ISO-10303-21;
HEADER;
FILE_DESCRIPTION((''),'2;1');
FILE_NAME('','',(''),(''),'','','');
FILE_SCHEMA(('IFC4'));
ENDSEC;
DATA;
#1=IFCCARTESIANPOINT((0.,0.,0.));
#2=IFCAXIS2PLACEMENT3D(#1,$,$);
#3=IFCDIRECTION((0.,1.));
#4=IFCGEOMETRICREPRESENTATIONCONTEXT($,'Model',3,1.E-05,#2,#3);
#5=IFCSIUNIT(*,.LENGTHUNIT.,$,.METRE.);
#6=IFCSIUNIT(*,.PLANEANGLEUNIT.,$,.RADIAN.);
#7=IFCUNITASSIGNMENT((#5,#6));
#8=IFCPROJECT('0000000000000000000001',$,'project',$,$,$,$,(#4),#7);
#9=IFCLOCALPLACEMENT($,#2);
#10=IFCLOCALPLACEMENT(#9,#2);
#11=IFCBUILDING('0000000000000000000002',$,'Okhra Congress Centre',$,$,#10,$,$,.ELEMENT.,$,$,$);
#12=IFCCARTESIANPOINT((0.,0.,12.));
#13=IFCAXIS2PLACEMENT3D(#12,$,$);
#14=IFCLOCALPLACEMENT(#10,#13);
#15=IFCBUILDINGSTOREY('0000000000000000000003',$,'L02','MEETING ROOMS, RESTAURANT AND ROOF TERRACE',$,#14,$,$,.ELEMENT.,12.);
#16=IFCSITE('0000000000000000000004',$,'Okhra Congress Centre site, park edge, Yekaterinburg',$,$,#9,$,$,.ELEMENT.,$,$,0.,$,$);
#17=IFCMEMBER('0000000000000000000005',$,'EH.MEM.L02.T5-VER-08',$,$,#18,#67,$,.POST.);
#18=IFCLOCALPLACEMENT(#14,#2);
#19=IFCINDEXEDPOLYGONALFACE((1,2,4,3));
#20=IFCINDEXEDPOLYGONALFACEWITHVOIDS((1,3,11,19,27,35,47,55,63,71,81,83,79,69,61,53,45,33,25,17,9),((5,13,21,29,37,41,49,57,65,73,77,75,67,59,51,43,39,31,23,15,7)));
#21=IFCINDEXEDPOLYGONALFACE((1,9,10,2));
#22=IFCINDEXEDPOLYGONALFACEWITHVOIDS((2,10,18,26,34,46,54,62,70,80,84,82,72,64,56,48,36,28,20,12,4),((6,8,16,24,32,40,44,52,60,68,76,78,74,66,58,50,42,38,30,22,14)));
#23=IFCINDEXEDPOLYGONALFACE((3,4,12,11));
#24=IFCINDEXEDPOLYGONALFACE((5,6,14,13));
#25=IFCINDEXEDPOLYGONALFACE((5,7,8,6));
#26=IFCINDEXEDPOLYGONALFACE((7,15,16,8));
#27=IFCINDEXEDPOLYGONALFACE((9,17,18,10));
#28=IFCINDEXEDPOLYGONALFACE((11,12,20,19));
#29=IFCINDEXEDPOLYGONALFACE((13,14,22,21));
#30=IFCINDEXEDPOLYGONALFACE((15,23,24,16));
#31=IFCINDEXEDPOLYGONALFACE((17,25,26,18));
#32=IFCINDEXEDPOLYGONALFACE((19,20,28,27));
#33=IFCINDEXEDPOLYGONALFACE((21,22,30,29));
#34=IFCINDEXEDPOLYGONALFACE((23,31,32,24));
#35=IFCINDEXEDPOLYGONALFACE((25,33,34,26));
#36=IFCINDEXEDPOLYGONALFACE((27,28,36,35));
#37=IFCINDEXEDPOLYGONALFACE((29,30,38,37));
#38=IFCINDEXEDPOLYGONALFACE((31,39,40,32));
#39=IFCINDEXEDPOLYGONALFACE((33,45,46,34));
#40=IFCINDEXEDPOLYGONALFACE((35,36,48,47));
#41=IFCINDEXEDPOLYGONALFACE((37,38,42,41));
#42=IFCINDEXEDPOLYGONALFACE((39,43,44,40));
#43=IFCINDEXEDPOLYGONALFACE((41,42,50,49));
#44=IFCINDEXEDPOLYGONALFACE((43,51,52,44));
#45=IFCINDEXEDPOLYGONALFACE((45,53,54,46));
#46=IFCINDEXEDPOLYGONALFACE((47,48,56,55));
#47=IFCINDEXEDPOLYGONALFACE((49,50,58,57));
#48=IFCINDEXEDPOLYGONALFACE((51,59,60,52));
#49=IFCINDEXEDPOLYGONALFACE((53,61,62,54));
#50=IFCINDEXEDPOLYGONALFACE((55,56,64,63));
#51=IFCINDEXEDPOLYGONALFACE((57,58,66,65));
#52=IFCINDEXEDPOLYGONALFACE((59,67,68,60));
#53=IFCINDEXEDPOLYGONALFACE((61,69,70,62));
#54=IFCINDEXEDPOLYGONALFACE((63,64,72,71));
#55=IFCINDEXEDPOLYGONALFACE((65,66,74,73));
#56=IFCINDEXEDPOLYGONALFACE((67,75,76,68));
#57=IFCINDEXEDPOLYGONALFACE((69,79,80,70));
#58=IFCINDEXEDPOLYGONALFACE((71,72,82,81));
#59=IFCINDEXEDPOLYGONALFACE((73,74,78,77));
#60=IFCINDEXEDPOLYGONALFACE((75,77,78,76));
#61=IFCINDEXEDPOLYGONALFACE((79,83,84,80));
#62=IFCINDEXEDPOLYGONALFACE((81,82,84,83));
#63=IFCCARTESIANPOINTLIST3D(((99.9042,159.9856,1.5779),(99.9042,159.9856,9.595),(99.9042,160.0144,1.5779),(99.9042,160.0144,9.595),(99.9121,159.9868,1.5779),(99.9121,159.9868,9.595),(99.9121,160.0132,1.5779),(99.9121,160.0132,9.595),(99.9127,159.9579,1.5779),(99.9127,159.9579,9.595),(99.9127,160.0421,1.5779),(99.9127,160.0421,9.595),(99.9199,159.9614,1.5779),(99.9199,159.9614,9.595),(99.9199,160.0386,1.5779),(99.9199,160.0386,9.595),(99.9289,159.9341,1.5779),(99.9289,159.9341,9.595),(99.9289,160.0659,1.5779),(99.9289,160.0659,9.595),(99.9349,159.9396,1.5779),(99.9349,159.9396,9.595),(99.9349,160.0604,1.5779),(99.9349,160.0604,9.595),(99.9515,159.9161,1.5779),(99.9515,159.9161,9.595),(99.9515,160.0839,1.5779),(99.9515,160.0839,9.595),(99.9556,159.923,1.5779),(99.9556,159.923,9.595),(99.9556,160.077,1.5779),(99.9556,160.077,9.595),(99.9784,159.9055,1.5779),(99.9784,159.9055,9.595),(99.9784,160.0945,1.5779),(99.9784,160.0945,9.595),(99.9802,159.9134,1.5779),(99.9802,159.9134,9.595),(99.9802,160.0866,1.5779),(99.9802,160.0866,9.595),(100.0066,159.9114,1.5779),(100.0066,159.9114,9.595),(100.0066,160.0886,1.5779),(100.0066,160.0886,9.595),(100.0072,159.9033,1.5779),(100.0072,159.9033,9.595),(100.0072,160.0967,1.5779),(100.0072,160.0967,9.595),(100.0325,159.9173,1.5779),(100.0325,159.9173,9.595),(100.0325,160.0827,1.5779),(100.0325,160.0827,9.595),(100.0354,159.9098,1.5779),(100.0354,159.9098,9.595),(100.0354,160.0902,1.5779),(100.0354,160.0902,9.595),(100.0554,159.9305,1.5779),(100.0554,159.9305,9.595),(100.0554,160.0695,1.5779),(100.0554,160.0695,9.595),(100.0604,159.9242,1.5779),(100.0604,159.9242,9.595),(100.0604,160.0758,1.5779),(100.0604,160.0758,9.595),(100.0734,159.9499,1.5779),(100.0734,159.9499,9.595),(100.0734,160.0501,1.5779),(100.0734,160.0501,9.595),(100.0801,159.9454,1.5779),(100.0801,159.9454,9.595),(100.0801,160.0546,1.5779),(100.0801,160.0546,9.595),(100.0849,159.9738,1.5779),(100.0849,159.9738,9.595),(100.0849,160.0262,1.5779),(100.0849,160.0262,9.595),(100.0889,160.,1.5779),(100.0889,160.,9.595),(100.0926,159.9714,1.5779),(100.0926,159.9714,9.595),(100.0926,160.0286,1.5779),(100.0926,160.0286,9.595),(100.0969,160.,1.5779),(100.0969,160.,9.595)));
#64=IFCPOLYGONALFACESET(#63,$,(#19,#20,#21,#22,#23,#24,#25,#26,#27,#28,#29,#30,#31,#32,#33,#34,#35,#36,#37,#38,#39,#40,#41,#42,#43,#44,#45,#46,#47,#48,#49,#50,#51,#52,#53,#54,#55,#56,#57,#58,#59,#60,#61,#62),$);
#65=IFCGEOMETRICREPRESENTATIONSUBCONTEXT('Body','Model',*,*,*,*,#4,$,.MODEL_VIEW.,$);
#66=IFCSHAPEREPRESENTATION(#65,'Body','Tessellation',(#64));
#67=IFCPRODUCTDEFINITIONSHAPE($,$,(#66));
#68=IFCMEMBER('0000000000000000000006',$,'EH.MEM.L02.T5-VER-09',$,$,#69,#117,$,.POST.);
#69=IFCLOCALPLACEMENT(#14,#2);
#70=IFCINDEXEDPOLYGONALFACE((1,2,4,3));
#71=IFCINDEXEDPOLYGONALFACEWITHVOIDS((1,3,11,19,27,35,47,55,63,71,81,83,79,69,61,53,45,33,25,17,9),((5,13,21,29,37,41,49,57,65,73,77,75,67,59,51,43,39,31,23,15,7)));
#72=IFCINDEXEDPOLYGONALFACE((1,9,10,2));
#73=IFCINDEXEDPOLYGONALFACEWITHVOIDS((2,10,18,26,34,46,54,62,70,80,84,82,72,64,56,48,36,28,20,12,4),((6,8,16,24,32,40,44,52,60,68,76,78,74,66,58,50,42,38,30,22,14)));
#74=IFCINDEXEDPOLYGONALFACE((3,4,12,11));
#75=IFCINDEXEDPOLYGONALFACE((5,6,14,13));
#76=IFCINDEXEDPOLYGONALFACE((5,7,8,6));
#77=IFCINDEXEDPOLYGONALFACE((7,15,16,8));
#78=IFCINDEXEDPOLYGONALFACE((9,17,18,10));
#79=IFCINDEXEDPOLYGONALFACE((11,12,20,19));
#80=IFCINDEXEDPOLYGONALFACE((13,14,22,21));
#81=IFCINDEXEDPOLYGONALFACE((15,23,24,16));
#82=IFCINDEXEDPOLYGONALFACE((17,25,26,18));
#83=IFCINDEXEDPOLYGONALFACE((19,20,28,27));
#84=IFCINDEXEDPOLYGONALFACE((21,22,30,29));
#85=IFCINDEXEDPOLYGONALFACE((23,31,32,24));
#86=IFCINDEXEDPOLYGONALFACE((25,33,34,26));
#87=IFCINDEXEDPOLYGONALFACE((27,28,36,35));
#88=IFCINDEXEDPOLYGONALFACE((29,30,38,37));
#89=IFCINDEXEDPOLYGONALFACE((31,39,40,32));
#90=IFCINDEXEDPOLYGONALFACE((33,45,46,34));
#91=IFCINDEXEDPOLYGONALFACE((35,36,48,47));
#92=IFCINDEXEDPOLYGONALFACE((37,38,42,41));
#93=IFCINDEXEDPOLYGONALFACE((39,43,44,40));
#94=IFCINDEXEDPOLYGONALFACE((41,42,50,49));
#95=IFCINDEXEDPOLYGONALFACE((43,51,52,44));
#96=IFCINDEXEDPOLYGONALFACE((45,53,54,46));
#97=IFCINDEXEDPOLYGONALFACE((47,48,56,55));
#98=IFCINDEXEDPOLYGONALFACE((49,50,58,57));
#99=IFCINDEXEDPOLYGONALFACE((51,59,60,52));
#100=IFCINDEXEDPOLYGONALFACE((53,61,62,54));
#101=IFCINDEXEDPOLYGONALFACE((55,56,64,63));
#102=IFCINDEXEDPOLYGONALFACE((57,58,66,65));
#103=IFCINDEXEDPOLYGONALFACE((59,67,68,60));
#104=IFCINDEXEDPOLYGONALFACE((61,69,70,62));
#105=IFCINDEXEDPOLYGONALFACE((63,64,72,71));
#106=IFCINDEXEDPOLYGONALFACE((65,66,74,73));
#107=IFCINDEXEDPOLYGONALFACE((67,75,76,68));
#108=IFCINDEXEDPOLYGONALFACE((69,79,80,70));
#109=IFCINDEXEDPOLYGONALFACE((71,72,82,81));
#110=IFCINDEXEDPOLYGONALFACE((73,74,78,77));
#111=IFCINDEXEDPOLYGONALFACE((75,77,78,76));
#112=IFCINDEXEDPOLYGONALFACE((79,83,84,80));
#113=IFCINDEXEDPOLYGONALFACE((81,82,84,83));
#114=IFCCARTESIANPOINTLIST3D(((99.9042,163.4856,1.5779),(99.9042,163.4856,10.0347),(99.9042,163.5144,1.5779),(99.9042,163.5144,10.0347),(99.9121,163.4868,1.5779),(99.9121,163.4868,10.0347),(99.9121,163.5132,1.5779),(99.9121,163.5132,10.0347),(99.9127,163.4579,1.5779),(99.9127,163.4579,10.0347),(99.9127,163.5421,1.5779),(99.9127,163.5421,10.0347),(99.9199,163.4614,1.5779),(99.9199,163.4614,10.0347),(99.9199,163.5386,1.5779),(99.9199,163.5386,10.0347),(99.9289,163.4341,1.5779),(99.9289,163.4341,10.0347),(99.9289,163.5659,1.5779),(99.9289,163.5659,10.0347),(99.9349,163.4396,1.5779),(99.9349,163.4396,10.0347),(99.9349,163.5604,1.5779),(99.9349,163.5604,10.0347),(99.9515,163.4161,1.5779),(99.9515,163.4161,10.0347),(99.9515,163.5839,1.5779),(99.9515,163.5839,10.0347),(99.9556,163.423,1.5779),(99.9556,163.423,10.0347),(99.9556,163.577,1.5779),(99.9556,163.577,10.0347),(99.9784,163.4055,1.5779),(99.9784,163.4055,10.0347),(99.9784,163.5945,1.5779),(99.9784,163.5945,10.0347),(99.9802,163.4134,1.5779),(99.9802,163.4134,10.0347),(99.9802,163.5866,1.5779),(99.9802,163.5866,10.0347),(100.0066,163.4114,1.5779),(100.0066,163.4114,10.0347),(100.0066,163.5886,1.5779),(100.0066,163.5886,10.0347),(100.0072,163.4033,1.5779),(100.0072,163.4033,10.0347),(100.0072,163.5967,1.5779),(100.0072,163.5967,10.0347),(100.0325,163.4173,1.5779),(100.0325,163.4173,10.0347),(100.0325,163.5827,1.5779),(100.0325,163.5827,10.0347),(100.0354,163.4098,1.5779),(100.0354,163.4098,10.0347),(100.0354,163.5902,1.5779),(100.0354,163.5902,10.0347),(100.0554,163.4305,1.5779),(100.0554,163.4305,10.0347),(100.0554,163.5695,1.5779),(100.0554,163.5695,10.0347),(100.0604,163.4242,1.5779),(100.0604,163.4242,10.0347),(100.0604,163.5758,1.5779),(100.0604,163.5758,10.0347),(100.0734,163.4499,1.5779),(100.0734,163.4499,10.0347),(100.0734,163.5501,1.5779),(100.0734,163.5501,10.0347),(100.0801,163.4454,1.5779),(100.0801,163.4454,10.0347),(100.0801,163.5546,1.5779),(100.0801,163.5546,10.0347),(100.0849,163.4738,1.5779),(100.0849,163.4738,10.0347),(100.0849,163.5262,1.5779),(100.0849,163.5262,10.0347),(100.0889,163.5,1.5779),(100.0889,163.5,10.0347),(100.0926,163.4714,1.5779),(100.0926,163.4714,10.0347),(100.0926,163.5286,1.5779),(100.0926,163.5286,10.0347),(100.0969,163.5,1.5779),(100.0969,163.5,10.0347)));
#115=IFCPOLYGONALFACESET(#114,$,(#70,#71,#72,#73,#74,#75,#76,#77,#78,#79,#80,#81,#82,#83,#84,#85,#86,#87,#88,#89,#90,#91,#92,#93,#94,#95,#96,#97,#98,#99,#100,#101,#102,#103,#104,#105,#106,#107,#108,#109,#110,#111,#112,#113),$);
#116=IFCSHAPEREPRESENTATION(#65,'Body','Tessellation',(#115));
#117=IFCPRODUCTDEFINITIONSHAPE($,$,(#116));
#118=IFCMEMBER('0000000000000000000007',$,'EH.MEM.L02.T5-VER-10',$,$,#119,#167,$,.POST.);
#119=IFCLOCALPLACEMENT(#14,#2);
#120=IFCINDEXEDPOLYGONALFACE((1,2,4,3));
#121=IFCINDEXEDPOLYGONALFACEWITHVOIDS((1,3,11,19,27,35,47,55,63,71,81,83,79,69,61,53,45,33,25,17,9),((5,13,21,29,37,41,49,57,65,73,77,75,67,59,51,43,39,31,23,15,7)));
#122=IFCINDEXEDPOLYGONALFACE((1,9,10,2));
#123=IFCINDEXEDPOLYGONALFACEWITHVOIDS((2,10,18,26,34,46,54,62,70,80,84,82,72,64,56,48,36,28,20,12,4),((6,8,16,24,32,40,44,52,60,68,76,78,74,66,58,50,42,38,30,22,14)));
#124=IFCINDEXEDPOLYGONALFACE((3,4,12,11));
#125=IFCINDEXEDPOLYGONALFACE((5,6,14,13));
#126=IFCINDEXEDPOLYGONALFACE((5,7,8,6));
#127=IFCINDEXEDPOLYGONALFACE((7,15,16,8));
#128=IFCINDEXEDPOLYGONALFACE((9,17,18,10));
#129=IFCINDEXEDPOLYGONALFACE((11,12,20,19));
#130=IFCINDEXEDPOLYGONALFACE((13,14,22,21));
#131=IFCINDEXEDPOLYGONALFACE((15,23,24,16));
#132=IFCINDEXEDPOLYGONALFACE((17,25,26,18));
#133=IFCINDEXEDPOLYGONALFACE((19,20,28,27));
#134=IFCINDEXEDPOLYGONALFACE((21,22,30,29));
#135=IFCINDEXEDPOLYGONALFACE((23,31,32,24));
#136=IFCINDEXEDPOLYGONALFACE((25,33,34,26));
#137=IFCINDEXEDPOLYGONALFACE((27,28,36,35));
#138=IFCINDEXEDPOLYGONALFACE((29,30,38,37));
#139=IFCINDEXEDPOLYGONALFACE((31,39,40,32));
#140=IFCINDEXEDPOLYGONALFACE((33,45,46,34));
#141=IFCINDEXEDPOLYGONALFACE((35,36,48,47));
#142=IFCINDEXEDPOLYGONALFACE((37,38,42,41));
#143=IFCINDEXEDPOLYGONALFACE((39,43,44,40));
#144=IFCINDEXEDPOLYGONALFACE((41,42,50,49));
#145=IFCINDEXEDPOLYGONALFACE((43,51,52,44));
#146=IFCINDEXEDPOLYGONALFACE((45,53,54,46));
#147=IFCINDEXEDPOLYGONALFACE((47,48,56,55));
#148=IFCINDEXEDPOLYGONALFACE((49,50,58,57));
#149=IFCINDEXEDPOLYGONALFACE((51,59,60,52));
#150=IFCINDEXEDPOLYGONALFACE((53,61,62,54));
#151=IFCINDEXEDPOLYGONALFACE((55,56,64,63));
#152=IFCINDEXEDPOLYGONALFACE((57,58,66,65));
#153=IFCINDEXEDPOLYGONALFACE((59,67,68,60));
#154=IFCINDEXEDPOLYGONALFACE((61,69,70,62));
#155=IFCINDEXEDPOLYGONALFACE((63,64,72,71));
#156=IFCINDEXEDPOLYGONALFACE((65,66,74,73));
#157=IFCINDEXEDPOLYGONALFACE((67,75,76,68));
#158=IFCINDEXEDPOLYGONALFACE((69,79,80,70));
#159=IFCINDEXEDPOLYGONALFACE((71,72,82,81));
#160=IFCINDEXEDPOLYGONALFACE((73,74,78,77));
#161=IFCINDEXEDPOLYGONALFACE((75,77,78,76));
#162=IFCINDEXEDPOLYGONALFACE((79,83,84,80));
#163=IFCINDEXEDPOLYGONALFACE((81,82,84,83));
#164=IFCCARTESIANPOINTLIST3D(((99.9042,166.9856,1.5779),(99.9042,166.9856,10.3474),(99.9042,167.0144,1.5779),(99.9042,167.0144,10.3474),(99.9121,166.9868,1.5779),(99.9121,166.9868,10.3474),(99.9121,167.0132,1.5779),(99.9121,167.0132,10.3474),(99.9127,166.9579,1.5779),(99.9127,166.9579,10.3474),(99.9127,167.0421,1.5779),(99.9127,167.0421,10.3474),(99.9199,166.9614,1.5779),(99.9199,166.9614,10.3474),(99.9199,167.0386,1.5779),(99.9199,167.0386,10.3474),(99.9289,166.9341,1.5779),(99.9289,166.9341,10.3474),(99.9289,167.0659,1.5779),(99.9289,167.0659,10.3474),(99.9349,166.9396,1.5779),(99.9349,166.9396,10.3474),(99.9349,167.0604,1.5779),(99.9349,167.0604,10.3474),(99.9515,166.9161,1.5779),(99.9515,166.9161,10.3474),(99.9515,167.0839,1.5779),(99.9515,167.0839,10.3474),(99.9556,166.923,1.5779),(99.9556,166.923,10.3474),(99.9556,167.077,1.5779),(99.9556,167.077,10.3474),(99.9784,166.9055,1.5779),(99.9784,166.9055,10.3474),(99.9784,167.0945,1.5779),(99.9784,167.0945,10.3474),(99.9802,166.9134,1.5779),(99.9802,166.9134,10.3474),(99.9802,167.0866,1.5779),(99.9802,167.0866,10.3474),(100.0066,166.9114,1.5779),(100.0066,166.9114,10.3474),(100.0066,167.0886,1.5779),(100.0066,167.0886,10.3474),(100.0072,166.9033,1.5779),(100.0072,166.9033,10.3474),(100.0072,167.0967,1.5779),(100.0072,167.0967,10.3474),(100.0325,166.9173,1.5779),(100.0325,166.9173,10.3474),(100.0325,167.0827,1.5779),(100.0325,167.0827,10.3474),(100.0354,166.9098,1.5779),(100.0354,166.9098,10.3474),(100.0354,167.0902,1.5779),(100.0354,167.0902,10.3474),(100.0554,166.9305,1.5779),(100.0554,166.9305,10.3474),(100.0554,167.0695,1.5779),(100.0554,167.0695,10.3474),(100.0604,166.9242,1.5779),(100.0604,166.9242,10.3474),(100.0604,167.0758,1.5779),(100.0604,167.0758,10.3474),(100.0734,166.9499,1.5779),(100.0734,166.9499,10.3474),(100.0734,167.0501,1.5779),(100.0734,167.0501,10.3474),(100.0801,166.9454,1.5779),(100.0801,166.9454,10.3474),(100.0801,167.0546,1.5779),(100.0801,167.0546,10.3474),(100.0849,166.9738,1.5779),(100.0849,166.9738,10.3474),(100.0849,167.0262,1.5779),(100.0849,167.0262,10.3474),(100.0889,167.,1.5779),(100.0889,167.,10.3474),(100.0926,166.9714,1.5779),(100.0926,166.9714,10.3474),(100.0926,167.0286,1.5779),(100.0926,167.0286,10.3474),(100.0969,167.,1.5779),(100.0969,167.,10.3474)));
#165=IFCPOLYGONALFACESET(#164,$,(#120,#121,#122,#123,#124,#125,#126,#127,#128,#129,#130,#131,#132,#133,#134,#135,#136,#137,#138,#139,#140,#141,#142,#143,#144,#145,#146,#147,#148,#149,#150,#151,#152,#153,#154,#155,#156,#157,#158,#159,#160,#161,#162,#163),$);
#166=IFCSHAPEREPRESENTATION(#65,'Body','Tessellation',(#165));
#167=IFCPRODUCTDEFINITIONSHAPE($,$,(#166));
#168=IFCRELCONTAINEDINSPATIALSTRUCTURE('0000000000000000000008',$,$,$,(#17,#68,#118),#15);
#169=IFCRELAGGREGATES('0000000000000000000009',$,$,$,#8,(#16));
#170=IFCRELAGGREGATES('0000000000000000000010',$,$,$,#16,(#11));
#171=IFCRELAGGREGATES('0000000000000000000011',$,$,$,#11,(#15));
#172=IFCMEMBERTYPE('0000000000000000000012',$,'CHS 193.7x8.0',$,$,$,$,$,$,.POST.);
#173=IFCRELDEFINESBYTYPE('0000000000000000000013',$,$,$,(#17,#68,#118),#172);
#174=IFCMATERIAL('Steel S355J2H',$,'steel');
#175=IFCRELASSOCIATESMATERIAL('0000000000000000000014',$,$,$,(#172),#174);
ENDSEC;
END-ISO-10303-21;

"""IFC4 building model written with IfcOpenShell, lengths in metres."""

from ifc_helpers import new_model, si_unit, direction, frame, origin, origin_2d, place, context, subcontext, project, spatial, hollow_circle, extrude, material, material_profile, profile_set, type_object, element, save


model = new_model("IFC4")

# Units and contexts
model_context = context("Model", 3, precision=1e-05, world=origin(), true_north=direction((0.0, 1.0)))
body_context = subcontext(model_context, "Body", "Model", "MODEL_VIEW")
ifc_project = project(units=[si_unit("LENGTHUNIT", "METRE"), si_unit("PLANEANGLEUNIT", "RADIAN")], contexts=[model_context])

# Site, building, storey
site_placement = place(None, origin())
site = spatial("IfcSite", under=ifc_project, at=site_placement, Name="Okhra Congress Centre site, park edge, Yekaterinburg", CompositionType="ELEMENT", RefElevation=0.0)
building_placement = place(site_placement, origin())
building = spatial("IfcBuilding", under=site, at=building_placement, Name="Okhra Congress Centre", CompositionType="ELEMENT")
storey_placement = place(building_placement, frame((0.0, 0.0, 12.0)))
storey = spatial("IfcBuildingStorey", under=building, at=storey_placement, Name="L02", Description="MEETING ROOMS, RESTAURANT AND ROOF TERRACE", CompositionType="ELEMENT", Elevation=12.0)

# Members
ifc_material_1 = material(Name="Steel S355J2H", Category="steel")
ifc_material_profile_1 = material_profile(ifc_material_1, hollow_circle(Radius=0.0969, WallThickness=0.0081, at=origin_2d()), Name="CHS 193.7x8.0")
ifc_profile_set_1 = profile_set([ifc_material_profile_1], Name="Steel S355J2H")
member_type_1 = type_object("IfcMemberType", Name="CHS 193.7x8.0", PredefinedType="POST", material=ifc_profile_set_1)
member_1_placement = place(storey_placement, frame((100.0, 160.0, 1.5779), z_axis=(0.0, 0.0, 1.0), x_axis=(1.0, 0.0, 0.0)))
element("IfcMember", 1, at=member_1_placement, inside=storey, type_object=member_type_1, Name="EH.MEM.L02.T5-VER-08", PredefinedType="POST", context=body_context, shape_type="SweptSolid", body=[
    extrude(hollow_circle(Radius=0.0969, WallThickness=0.0081, at=origin_2d()), origin(), (0.0, 0.0, 1.0), 8.0171),
])
member_2_placement = place(storey_placement, frame((100.0, 163.5, 1.5779), z_axis=(0.0, 0.0, 1.0), x_axis=(1.0, 0.0, 0.0)))
element("IfcMember", 2, at=member_2_placement, inside=storey, type_object=member_type_1, Name="EH.MEM.L02.T5-VER-09", PredefinedType="POST", context=body_context, shape_type="SweptSolid", body=[
    extrude(hollow_circle(Radius=0.0969, WallThickness=0.0081, at=origin_2d()), origin(), (0.0, 0.0, 1.0), 8.4568),
])
member_3_placement = place(storey_placement, frame((100.0, 167.0, 1.5779), z_axis=(0.0, 0.0, 1.0), x_axis=(1.0, 0.0, 0.0)))
element("IfcMember", 3, at=member_3_placement, inside=storey, type_object=member_type_1, Name="EH.MEM.L02.T5-VER-10", PredefinedType="POST", context=body_context, shape_type="SweptSolid", body=[
    extrude(hollow_circle(Radius=0.0969, WallThickness=0.0081, at=origin_2d()), origin(), (0.0, 0.0, 1.0), 8.7695),
])

save(model, "model.ifc")
